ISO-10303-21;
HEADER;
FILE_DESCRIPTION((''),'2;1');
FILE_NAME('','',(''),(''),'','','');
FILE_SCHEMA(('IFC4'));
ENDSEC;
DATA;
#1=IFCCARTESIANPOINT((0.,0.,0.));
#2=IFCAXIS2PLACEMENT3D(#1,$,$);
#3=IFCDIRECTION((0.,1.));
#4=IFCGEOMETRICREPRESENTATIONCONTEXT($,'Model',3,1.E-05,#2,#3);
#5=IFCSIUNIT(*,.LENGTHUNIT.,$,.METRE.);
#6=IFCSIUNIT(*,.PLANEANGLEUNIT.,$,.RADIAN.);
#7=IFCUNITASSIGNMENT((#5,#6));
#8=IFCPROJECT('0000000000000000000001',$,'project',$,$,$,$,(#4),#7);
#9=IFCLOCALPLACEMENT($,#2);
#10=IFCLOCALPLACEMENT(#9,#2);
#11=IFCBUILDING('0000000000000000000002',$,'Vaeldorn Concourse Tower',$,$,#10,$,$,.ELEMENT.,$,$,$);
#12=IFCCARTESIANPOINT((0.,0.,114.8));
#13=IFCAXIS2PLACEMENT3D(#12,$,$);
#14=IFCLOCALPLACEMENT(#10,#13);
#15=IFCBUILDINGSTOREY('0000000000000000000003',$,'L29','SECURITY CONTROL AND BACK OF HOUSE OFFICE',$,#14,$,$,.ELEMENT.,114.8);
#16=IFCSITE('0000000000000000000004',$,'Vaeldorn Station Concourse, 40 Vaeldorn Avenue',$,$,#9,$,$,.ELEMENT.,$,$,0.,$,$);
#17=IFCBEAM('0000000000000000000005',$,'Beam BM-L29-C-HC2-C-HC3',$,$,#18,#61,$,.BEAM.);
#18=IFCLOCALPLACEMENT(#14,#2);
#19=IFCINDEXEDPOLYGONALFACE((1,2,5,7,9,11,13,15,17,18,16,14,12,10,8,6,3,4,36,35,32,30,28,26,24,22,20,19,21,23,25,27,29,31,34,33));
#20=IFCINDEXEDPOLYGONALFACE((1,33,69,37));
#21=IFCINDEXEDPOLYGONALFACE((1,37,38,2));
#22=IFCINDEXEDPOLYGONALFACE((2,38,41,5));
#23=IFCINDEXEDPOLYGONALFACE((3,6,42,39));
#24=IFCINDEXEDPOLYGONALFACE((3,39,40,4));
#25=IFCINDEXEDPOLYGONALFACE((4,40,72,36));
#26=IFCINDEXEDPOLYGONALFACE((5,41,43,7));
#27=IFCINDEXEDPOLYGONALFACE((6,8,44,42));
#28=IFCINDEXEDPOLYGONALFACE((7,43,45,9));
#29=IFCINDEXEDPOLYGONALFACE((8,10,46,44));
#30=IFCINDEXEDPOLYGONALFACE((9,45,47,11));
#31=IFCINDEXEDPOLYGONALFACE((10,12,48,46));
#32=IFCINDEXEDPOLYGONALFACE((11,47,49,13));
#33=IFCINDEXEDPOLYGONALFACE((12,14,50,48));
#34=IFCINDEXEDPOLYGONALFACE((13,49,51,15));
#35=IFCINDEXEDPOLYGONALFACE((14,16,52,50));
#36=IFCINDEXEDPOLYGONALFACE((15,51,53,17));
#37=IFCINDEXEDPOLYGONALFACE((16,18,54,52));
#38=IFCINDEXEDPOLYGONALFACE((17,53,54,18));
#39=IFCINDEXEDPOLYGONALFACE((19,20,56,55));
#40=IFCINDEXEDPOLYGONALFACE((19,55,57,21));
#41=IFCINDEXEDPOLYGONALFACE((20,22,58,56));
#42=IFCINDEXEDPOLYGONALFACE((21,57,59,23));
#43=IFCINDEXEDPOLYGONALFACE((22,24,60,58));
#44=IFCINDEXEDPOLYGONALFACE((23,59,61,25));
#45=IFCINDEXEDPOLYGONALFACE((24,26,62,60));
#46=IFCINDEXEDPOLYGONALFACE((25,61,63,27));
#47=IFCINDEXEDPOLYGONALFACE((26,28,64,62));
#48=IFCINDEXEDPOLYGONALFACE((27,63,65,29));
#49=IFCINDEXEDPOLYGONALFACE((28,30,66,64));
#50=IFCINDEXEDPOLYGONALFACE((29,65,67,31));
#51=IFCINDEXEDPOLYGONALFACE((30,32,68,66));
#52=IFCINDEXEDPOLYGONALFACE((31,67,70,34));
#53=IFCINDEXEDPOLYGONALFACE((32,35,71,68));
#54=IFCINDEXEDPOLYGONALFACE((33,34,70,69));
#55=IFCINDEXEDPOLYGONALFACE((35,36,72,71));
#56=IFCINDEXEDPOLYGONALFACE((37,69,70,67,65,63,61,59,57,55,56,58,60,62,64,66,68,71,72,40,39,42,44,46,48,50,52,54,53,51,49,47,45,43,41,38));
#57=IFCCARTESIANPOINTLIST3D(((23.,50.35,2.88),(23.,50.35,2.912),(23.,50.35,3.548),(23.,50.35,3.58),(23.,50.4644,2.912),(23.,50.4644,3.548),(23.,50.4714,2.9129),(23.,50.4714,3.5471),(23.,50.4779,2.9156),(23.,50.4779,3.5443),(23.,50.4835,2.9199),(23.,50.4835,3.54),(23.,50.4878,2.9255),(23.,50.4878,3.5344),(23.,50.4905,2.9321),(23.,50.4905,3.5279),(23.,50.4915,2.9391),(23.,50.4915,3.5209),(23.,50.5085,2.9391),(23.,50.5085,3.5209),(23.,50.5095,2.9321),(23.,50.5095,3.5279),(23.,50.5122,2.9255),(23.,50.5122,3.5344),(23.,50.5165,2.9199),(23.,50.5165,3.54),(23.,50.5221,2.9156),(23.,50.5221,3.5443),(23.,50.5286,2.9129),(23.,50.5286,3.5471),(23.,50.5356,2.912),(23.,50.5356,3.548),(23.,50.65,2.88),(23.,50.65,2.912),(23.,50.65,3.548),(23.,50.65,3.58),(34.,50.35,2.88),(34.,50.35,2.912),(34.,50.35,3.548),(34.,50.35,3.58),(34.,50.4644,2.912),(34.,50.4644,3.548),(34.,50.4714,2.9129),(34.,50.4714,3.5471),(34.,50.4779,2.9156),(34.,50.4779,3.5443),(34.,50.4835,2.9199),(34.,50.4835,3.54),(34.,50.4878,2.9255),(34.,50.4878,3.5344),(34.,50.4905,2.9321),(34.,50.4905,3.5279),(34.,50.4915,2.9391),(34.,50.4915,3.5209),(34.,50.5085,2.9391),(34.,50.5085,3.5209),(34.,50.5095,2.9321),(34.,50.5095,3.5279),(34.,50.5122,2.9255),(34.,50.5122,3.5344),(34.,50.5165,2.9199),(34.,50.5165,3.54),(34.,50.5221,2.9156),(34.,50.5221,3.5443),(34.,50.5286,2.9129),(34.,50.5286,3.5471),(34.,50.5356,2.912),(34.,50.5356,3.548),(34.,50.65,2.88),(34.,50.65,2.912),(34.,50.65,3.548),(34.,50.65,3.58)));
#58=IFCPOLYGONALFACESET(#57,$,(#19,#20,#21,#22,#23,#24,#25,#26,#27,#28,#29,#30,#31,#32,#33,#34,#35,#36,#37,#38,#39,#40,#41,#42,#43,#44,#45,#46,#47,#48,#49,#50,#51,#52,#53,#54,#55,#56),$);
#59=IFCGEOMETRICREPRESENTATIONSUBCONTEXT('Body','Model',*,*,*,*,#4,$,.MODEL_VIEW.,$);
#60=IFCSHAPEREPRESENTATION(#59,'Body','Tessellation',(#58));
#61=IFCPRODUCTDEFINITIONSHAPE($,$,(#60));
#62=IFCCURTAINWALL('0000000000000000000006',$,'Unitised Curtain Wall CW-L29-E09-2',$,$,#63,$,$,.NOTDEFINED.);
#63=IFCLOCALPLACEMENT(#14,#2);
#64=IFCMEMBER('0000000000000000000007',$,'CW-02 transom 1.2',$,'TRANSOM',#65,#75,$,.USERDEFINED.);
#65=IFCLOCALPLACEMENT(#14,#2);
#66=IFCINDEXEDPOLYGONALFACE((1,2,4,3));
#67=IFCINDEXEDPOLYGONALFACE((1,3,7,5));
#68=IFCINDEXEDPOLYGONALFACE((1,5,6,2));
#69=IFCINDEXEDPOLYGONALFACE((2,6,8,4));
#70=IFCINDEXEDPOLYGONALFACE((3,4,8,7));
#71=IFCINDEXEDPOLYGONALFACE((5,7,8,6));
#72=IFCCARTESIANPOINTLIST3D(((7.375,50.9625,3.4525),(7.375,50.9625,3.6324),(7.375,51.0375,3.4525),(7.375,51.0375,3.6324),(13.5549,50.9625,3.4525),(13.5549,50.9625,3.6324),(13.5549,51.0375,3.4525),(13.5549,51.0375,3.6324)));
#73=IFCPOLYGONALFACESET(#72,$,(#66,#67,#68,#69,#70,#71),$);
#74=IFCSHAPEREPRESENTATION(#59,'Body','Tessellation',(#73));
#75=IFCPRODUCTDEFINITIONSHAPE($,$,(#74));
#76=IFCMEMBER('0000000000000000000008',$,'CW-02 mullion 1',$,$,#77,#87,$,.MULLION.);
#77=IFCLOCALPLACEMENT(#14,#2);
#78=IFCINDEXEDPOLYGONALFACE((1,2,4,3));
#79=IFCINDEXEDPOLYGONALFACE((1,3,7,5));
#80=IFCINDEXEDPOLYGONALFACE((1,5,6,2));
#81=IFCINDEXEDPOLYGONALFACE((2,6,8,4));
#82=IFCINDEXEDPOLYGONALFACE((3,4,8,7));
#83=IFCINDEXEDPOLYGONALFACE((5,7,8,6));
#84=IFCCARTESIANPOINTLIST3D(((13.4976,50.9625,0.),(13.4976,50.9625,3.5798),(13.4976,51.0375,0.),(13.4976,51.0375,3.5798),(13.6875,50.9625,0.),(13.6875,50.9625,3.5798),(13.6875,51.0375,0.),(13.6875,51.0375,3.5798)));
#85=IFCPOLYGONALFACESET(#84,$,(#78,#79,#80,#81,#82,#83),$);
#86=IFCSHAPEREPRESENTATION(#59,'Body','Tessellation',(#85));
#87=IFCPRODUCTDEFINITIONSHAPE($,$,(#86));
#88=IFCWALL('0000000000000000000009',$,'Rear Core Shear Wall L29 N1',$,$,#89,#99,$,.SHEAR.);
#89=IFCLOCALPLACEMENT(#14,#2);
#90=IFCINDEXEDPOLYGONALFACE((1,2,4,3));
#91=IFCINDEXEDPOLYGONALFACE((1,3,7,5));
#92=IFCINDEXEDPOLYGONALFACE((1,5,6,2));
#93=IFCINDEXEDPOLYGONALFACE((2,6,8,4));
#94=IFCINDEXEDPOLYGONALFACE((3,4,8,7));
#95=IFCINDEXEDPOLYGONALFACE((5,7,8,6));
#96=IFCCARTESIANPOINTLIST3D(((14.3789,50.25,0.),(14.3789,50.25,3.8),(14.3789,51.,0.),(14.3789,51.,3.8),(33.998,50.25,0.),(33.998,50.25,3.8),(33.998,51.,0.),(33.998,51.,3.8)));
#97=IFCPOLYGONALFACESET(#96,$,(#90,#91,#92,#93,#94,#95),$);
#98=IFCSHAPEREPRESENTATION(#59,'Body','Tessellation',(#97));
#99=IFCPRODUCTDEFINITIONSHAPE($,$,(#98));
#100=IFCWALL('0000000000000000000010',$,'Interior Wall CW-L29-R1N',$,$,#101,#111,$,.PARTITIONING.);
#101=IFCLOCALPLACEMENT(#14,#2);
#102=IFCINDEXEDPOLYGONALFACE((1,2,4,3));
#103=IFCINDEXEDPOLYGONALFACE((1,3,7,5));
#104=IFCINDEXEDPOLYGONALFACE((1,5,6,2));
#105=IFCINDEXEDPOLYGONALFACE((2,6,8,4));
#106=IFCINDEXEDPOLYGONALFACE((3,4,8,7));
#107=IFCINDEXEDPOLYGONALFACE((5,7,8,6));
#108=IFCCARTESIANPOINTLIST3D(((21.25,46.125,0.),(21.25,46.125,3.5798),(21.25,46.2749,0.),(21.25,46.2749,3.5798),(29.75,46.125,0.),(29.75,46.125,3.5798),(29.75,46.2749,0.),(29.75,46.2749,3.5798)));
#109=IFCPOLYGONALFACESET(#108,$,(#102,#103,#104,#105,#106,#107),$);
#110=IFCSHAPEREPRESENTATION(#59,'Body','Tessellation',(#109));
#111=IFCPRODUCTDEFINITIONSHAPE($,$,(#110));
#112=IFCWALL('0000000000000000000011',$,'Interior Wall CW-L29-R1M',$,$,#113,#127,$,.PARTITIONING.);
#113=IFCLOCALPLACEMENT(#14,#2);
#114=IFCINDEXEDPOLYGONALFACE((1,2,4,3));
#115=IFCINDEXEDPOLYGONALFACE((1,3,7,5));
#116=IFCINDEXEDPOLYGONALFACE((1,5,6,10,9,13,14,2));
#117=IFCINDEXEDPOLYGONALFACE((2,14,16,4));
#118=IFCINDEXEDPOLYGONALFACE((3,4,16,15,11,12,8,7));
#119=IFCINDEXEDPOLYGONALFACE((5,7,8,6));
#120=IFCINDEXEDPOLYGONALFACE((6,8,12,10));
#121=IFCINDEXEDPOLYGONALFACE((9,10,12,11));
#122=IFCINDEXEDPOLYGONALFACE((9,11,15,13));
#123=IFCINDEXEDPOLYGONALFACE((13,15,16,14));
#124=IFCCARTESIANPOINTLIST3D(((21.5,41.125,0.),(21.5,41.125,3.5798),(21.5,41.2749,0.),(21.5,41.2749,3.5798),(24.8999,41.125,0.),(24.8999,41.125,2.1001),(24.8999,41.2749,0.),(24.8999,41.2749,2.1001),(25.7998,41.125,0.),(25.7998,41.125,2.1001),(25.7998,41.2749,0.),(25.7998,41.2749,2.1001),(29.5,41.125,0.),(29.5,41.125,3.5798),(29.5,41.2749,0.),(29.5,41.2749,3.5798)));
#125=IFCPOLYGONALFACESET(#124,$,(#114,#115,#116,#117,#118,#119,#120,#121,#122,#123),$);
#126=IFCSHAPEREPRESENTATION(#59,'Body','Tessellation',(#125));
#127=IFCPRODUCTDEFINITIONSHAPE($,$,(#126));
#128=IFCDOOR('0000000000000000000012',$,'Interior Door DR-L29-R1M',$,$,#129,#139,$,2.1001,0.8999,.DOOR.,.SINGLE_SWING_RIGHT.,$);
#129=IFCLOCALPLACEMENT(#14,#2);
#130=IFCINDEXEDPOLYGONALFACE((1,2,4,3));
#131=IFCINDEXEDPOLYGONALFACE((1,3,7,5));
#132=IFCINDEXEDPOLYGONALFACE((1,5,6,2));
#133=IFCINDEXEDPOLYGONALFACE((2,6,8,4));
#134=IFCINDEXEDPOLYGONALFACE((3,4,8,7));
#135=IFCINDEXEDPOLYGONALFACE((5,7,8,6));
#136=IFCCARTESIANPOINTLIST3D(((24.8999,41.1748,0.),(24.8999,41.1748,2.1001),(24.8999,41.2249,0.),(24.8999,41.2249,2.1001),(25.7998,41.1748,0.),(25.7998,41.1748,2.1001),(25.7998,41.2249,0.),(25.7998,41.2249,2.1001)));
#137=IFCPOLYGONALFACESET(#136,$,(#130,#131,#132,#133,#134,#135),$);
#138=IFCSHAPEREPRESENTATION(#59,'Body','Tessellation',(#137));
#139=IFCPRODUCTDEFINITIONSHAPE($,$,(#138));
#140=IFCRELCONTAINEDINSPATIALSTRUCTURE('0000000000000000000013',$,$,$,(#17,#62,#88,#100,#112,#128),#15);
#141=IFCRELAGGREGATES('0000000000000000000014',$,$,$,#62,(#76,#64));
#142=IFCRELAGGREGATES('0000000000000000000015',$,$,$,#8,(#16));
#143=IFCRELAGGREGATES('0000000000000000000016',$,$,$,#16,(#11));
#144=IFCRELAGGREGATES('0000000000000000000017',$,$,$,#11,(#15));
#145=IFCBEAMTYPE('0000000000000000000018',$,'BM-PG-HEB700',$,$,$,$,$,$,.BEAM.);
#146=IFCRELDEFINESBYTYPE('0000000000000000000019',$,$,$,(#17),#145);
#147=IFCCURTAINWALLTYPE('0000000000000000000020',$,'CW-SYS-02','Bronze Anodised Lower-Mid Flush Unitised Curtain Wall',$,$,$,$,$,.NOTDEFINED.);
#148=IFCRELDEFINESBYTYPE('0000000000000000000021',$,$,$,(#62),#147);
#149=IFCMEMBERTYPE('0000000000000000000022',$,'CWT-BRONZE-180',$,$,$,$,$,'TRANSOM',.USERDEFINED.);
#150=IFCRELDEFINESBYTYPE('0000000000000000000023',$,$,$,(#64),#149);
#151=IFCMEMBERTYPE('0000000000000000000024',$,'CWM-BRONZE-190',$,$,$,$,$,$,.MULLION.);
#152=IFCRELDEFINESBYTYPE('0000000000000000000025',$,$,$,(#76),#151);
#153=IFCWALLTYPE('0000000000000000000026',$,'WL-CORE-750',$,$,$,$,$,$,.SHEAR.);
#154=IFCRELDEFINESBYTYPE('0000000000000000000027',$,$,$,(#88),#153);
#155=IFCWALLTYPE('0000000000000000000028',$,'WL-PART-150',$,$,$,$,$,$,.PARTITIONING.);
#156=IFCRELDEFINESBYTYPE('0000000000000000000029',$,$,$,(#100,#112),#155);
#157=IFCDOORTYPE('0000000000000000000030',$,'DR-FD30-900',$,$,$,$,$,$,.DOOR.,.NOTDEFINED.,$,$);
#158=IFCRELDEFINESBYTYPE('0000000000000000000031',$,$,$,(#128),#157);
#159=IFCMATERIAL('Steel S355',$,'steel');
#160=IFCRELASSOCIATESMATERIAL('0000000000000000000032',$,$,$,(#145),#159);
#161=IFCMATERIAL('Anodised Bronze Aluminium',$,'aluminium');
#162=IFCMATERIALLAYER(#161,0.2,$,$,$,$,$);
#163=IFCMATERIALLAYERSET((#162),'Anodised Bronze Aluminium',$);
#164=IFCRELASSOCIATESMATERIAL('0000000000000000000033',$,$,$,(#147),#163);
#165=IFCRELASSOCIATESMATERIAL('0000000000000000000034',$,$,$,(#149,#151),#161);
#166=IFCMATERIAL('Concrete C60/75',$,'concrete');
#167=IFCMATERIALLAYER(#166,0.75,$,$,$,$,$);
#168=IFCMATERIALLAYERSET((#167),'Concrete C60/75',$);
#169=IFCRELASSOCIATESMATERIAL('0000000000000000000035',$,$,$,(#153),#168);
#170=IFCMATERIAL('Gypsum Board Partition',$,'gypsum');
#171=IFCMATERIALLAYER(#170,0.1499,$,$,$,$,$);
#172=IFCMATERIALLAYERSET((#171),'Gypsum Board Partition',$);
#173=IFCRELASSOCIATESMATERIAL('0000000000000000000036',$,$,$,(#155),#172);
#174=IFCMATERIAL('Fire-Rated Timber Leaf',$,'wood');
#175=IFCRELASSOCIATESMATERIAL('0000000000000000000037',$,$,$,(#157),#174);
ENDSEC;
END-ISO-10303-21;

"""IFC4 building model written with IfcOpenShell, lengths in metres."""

from ifc_helpers import new_model, si_unit, direction, frame, frame_2d, origin, origin_2d, place, context, subcontext, project, spatial, rectangle, i_section, extrude, source, transform, mapped, material, layer, layer_set, material_profile, profile_set, type_object, element, fill, aggregate, save


model = new_model("IFC4")

# Units and contexts
model_context = context("Model", 3, precision=1e-05, world=origin(), true_north=direction((0.0, 1.0)))
body_context = subcontext(model_context, "Body", "Model", "MODEL_VIEW")
ifc_project = project(units=[si_unit("LENGTHUNIT", "METRE"), si_unit("PLANEANGLEUNIT", "RADIAN")], contexts=[model_context])

# Site, building, storey
site_placement = place(None, origin())
site = spatial("IfcSite", under=ifc_project, at=site_placement, Name="Vaeldorn Station Concourse, 40 Vaeldorn Avenue", CompositionType="ELEMENT", RefElevation=0.0)
building_placement = place(site_placement, origin())
building = spatial("IfcBuilding", under=site, at=building_placement, Name="Vaeldorn Concourse Tower", CompositionType="ELEMENT")
storey_placement = place(building_placement, frame((0.0, 0.0, 114.8)))
storey = spatial("IfcBuildingStorey", under=building, at=storey_placement, Name="L29", Description="SECURITY CONTROL AND BACK OF HOUSE OFFICE", CompositionType="ELEMENT", Elevation=114.8)

# Beam
ifc_material_1 = material(Name="Steel S355", Category="steel")
ifc_material_profile_1 = material_profile(ifc_material_1, i_section(OverallWidth=0.3, OverallDepth=0.7, WebThickness=0.0171, FlangeThickness=0.032, FilletRadius=0.0271, at=origin_2d()), Name="HEB 700")
ifc_profile_set_1 = profile_set([ifc_material_profile_1], Name="Steel S355")
beam_type_1 = type_object("IfcBeamType", Name="BM-PG-HEB700", PredefinedType="BEAM", material=ifc_profile_set_1)
shared_shape_1 = source(origin(), body_context, "Body", "SweptSolid", [
    extrude(i_section(OverallWidth=0.3, OverallDepth=0.7, WebThickness=0.0171, FlangeThickness=0.032, FilletRadius=0.0271, at=origin_2d()), origin(), (0.0, 0.0, 1.0), 11.0),
])
beam_1_placement = place(storey_placement, frame((23.0, 50.5, 3.23), z_axis=(1.0, 0.0, 0.0), x_axis=(0.0, 1.0, 0.0)))
element("IfcBeam", 1, at=beam_1_placement, inside=storey, type_object=beam_type_1, Name="Beam BM-L29-C-HC2-C-HC3", PredefinedType="BEAM", context=body_context, shape_type="MappedRepresentation", body=[
    mapped(shared_shape_1, transform((0.0, 0.0, 0.0), scale=1.0)),
])

# Curtain wall, members
ifc_material_2 = material(Name="Anodised Bronze Aluminium", Category="aluminium")
ifc_layer_1 = layer(ifc_material_2, 0.2)
ifc_layer_set_1 = layer_set([ifc_layer_1], Name="Anodised Bronze Aluminium")
curtain_wall_type = type_object("IfcCurtainWallType", Name="CW-SYS-02", Description="Bronze Anodised Lower-Mid Flush Unitised Curtain Wall", PredefinedType="NOTDEFINED", material=ifc_layer_set_1)
curtain_wall_placement = place(storey_placement, origin())
curtain_wall = element("IfcCurtainWall", 2, at=curtain_wall_placement, inside=storey, type_object=curtain_wall_type, Name="Unitised Curtain Wall CW-L29-E09-2", PredefinedType="NOTDEFINED")
ifc_material_profile_2 = material_profile(ifc_material_2, rectangle(XDim=0.075, YDim=0.1799, at=origin_2d()), Name="CWT 75x180")
ifc_profile_set_2 = profile_set([ifc_material_profile_2], Name="Anodised Bronze Aluminium")
member_type_1 = type_object("IfcMemberType", Name="CWT-BRONZE-180", ElementType="TRANSOM", PredefinedType="USERDEFINED", material=ifc_profile_set_2)
shared_shape_2 = source(origin(), body_context, "Body", "SweptSolid", [
    extrude(rectangle(XDim=0.075, YDim=0.1799, at=origin_2d()), origin(), (0.0, 0.0, 1.0), 6.1799),
])
member_1_placement = place(storey_placement, frame((13.5549, 51.0, 3.5425), z_axis=(-1.0, 0.0, 0.0), x_axis=(0.0, -1.0, 0.0)))
member_1 = element("IfcMember", 3, at=member_1_placement, type_object=member_type_1, Name="CW-02 transom 1.2", ObjectType="TRANSOM", PredefinedType="USERDEFINED", context=body_context, shape_type="MappedRepresentation", body=[
    mapped(shared_shape_2, transform((0.0, 0.0, 0.0), scale=1.0)),
])
ifc_material_profile_3 = material_profile(ifc_material_2, rectangle(XDim=0.075, YDim=0.1899, at=origin_2d()), Name="CWM 75x190")
ifc_profile_set_3 = profile_set([ifc_material_profile_3], Name="Anodised Bronze Aluminium")
member_type_2 = type_object("IfcMemberType", Name="CWM-BRONZE-190", PredefinedType="MULLION", material=ifc_profile_set_3)
shared_shape_3 = source(origin(), body_context, "Body", "SweptSolid", [
    extrude(rectangle(XDim=0.075, YDim=0.1899, at=origin_2d()), origin(), (0.0, 0.0, 1.0), 3.5798),
])
member_2_placement = place(storey_placement, frame((13.5925, 51.0, 0.0), z_axis=(0.0, 0.0, 1.0), x_axis=(0.0, -1.0, 0.0)))
member_2 = element("IfcMember", 4, at=member_2_placement, type_object=member_type_2, Name="CW-02 mullion 1", PredefinedType="MULLION", context=body_context, shape_type="MappedRepresentation", body=[
    mapped(shared_shape_3, transform((0.0, 0.0, 0.0), scale=1.0)),
])
aggregate(curtain_wall, [member_2, member_1])

# Walls
ifc_material_3 = material(Name="Concrete C60/75", Category="concrete")
ifc_layer_2 = layer(ifc_material_3, 0.75)
ifc_layer_set_2 = layer_set([ifc_layer_2], Name="Concrete C60/75")
wall_type_1 = type_object("IfcWallType", Name="WL-CORE-750", PredefinedType="SHEAR", material=ifc_layer_set_2)
wall_1_placement = place(storey_placement, frame((14.3789, 50.625, 0.0), z_axis=(0.0, 0.0, 1.0), x_axis=(1.0, 0.0, 0.0)))
element("IfcWall", 5, at=wall_1_placement, inside=storey, type_object=wall_type_1, Name="Rear Core Shear Wall L29 N1", PredefinedType="SHEAR", context=body_context, shape_type="SweptSolid", body=[
    extrude(rectangle(XDim=19.6191, YDim=0.75, at=frame_2d((9.8096, 0.0))), origin(), (0.0, 0.0, 1.0), 3.8),
])
ifc_material_4 = material(Name="Gypsum Board Partition", Category="gypsum")
ifc_layer_3 = layer(ifc_material_4, 0.1499)
ifc_layer_set_3 = layer_set([ifc_layer_3], Name="Gypsum Board Partition")
wall_type_2 = type_object("IfcWallType", Name="WL-PART-150", PredefinedType="PARTITIONING", material=ifc_layer_set_3)
wall_2_placement = place(storey_placement, frame((21.25, 46.2, 0.0), z_axis=(0.0, 0.0, 1.0), x_axis=(1.0, 0.0, 0.0)))
element("IfcWall", 6, at=wall_2_placement, inside=storey, type_object=wall_type_2, Name="Interior Wall CW-L29-R1N", PredefinedType="PARTITIONING", context=body_context, shape_type="SweptSolid", body=[
    extrude(rectangle(XDim=8.5, YDim=0.1499, at=frame_2d((4.25, 0.0))), origin(), (0.0, 0.0, 1.0), 3.5798),
])

# Wall, opening, door
wall_3_placement = place(storey_placement, frame((21.5, 41.2, 0.0), z_axis=(0.0, 0.0, 1.0), x_axis=(1.0, 0.0, 0.0)))
wall_3 = element("IfcWall", 7, at=wall_3_placement, inside=storey, type_object=wall_type_2, Name="Interior Wall CW-L29-R1M", PredefinedType="PARTITIONING", context=body_context, shape_type="SweptSolid", body=[
    extrude(rectangle(XDim=8.0, YDim=0.1499, at=frame_2d((4.0, 0.0))), origin(), (0.0, 0.0, 1.0), 3.5798),
])
opening_1_placement = place(wall_3_placement, frame((3.3999, 0.0, 0.0)))
opening_1 = element("IfcOpeningElement", 8, at=opening_1_placement, cuts=wall_3, PredefinedType="OPENING", context=body_context, shape_type="SweptSolid", body=[
    extrude(rectangle(XDim=0.8999, YDim=2.1001, at=frame_2d((0.45, 1.05))), frame((0.0, 0.085, 0.0), z_axis=(0.0, -1.0, 0.0), x_axis=(1.0, 0.0, 0.0)), (0.0, 0.0, 1.0), 0.1699),
])
ifc_material_5 = material(Name="Fire-Rated Timber Leaf", Category="wood")
door_type_1 = type_object("IfcDoorType", Name="DR-FD30-900", OperationType="NOTDEFINED", PredefinedType="DOOR", material=ifc_material_5)
shared_shape_4 = source(origin(), body_context, "Body", "SweptSolid", [
    extrude(rectangle(XDim=0.8999, YDim=2.1001, at=frame_2d((0.45, 1.05))), frame((0.0, 0.0249, 0.0), z_axis=(0.0, -1.0, 0.0), x_axis=(1.0, 0.0, 0.0)), (0.0, 0.0, 1.0), 0.05),
])
door_1_placement = place(opening_1_placement, origin())
door_1 = element("IfcDoor", 9, at=door_1_placement, inside=storey, type_object=door_type_1, Name="Interior Door DR-L29-R1M", OperationType="SINGLE_SWING_RIGHT", OverallHeight=2.1001, OverallWidth=0.8999, PredefinedType="DOOR", context=body_context, shape_type="MappedRepresentation", body=[
    mapped(shared_shape_4, transform((0.0, 0.0, 0.0), scale=1.0)),
])
fill(opening_1, door_1)

save(model, "model.ifc")
